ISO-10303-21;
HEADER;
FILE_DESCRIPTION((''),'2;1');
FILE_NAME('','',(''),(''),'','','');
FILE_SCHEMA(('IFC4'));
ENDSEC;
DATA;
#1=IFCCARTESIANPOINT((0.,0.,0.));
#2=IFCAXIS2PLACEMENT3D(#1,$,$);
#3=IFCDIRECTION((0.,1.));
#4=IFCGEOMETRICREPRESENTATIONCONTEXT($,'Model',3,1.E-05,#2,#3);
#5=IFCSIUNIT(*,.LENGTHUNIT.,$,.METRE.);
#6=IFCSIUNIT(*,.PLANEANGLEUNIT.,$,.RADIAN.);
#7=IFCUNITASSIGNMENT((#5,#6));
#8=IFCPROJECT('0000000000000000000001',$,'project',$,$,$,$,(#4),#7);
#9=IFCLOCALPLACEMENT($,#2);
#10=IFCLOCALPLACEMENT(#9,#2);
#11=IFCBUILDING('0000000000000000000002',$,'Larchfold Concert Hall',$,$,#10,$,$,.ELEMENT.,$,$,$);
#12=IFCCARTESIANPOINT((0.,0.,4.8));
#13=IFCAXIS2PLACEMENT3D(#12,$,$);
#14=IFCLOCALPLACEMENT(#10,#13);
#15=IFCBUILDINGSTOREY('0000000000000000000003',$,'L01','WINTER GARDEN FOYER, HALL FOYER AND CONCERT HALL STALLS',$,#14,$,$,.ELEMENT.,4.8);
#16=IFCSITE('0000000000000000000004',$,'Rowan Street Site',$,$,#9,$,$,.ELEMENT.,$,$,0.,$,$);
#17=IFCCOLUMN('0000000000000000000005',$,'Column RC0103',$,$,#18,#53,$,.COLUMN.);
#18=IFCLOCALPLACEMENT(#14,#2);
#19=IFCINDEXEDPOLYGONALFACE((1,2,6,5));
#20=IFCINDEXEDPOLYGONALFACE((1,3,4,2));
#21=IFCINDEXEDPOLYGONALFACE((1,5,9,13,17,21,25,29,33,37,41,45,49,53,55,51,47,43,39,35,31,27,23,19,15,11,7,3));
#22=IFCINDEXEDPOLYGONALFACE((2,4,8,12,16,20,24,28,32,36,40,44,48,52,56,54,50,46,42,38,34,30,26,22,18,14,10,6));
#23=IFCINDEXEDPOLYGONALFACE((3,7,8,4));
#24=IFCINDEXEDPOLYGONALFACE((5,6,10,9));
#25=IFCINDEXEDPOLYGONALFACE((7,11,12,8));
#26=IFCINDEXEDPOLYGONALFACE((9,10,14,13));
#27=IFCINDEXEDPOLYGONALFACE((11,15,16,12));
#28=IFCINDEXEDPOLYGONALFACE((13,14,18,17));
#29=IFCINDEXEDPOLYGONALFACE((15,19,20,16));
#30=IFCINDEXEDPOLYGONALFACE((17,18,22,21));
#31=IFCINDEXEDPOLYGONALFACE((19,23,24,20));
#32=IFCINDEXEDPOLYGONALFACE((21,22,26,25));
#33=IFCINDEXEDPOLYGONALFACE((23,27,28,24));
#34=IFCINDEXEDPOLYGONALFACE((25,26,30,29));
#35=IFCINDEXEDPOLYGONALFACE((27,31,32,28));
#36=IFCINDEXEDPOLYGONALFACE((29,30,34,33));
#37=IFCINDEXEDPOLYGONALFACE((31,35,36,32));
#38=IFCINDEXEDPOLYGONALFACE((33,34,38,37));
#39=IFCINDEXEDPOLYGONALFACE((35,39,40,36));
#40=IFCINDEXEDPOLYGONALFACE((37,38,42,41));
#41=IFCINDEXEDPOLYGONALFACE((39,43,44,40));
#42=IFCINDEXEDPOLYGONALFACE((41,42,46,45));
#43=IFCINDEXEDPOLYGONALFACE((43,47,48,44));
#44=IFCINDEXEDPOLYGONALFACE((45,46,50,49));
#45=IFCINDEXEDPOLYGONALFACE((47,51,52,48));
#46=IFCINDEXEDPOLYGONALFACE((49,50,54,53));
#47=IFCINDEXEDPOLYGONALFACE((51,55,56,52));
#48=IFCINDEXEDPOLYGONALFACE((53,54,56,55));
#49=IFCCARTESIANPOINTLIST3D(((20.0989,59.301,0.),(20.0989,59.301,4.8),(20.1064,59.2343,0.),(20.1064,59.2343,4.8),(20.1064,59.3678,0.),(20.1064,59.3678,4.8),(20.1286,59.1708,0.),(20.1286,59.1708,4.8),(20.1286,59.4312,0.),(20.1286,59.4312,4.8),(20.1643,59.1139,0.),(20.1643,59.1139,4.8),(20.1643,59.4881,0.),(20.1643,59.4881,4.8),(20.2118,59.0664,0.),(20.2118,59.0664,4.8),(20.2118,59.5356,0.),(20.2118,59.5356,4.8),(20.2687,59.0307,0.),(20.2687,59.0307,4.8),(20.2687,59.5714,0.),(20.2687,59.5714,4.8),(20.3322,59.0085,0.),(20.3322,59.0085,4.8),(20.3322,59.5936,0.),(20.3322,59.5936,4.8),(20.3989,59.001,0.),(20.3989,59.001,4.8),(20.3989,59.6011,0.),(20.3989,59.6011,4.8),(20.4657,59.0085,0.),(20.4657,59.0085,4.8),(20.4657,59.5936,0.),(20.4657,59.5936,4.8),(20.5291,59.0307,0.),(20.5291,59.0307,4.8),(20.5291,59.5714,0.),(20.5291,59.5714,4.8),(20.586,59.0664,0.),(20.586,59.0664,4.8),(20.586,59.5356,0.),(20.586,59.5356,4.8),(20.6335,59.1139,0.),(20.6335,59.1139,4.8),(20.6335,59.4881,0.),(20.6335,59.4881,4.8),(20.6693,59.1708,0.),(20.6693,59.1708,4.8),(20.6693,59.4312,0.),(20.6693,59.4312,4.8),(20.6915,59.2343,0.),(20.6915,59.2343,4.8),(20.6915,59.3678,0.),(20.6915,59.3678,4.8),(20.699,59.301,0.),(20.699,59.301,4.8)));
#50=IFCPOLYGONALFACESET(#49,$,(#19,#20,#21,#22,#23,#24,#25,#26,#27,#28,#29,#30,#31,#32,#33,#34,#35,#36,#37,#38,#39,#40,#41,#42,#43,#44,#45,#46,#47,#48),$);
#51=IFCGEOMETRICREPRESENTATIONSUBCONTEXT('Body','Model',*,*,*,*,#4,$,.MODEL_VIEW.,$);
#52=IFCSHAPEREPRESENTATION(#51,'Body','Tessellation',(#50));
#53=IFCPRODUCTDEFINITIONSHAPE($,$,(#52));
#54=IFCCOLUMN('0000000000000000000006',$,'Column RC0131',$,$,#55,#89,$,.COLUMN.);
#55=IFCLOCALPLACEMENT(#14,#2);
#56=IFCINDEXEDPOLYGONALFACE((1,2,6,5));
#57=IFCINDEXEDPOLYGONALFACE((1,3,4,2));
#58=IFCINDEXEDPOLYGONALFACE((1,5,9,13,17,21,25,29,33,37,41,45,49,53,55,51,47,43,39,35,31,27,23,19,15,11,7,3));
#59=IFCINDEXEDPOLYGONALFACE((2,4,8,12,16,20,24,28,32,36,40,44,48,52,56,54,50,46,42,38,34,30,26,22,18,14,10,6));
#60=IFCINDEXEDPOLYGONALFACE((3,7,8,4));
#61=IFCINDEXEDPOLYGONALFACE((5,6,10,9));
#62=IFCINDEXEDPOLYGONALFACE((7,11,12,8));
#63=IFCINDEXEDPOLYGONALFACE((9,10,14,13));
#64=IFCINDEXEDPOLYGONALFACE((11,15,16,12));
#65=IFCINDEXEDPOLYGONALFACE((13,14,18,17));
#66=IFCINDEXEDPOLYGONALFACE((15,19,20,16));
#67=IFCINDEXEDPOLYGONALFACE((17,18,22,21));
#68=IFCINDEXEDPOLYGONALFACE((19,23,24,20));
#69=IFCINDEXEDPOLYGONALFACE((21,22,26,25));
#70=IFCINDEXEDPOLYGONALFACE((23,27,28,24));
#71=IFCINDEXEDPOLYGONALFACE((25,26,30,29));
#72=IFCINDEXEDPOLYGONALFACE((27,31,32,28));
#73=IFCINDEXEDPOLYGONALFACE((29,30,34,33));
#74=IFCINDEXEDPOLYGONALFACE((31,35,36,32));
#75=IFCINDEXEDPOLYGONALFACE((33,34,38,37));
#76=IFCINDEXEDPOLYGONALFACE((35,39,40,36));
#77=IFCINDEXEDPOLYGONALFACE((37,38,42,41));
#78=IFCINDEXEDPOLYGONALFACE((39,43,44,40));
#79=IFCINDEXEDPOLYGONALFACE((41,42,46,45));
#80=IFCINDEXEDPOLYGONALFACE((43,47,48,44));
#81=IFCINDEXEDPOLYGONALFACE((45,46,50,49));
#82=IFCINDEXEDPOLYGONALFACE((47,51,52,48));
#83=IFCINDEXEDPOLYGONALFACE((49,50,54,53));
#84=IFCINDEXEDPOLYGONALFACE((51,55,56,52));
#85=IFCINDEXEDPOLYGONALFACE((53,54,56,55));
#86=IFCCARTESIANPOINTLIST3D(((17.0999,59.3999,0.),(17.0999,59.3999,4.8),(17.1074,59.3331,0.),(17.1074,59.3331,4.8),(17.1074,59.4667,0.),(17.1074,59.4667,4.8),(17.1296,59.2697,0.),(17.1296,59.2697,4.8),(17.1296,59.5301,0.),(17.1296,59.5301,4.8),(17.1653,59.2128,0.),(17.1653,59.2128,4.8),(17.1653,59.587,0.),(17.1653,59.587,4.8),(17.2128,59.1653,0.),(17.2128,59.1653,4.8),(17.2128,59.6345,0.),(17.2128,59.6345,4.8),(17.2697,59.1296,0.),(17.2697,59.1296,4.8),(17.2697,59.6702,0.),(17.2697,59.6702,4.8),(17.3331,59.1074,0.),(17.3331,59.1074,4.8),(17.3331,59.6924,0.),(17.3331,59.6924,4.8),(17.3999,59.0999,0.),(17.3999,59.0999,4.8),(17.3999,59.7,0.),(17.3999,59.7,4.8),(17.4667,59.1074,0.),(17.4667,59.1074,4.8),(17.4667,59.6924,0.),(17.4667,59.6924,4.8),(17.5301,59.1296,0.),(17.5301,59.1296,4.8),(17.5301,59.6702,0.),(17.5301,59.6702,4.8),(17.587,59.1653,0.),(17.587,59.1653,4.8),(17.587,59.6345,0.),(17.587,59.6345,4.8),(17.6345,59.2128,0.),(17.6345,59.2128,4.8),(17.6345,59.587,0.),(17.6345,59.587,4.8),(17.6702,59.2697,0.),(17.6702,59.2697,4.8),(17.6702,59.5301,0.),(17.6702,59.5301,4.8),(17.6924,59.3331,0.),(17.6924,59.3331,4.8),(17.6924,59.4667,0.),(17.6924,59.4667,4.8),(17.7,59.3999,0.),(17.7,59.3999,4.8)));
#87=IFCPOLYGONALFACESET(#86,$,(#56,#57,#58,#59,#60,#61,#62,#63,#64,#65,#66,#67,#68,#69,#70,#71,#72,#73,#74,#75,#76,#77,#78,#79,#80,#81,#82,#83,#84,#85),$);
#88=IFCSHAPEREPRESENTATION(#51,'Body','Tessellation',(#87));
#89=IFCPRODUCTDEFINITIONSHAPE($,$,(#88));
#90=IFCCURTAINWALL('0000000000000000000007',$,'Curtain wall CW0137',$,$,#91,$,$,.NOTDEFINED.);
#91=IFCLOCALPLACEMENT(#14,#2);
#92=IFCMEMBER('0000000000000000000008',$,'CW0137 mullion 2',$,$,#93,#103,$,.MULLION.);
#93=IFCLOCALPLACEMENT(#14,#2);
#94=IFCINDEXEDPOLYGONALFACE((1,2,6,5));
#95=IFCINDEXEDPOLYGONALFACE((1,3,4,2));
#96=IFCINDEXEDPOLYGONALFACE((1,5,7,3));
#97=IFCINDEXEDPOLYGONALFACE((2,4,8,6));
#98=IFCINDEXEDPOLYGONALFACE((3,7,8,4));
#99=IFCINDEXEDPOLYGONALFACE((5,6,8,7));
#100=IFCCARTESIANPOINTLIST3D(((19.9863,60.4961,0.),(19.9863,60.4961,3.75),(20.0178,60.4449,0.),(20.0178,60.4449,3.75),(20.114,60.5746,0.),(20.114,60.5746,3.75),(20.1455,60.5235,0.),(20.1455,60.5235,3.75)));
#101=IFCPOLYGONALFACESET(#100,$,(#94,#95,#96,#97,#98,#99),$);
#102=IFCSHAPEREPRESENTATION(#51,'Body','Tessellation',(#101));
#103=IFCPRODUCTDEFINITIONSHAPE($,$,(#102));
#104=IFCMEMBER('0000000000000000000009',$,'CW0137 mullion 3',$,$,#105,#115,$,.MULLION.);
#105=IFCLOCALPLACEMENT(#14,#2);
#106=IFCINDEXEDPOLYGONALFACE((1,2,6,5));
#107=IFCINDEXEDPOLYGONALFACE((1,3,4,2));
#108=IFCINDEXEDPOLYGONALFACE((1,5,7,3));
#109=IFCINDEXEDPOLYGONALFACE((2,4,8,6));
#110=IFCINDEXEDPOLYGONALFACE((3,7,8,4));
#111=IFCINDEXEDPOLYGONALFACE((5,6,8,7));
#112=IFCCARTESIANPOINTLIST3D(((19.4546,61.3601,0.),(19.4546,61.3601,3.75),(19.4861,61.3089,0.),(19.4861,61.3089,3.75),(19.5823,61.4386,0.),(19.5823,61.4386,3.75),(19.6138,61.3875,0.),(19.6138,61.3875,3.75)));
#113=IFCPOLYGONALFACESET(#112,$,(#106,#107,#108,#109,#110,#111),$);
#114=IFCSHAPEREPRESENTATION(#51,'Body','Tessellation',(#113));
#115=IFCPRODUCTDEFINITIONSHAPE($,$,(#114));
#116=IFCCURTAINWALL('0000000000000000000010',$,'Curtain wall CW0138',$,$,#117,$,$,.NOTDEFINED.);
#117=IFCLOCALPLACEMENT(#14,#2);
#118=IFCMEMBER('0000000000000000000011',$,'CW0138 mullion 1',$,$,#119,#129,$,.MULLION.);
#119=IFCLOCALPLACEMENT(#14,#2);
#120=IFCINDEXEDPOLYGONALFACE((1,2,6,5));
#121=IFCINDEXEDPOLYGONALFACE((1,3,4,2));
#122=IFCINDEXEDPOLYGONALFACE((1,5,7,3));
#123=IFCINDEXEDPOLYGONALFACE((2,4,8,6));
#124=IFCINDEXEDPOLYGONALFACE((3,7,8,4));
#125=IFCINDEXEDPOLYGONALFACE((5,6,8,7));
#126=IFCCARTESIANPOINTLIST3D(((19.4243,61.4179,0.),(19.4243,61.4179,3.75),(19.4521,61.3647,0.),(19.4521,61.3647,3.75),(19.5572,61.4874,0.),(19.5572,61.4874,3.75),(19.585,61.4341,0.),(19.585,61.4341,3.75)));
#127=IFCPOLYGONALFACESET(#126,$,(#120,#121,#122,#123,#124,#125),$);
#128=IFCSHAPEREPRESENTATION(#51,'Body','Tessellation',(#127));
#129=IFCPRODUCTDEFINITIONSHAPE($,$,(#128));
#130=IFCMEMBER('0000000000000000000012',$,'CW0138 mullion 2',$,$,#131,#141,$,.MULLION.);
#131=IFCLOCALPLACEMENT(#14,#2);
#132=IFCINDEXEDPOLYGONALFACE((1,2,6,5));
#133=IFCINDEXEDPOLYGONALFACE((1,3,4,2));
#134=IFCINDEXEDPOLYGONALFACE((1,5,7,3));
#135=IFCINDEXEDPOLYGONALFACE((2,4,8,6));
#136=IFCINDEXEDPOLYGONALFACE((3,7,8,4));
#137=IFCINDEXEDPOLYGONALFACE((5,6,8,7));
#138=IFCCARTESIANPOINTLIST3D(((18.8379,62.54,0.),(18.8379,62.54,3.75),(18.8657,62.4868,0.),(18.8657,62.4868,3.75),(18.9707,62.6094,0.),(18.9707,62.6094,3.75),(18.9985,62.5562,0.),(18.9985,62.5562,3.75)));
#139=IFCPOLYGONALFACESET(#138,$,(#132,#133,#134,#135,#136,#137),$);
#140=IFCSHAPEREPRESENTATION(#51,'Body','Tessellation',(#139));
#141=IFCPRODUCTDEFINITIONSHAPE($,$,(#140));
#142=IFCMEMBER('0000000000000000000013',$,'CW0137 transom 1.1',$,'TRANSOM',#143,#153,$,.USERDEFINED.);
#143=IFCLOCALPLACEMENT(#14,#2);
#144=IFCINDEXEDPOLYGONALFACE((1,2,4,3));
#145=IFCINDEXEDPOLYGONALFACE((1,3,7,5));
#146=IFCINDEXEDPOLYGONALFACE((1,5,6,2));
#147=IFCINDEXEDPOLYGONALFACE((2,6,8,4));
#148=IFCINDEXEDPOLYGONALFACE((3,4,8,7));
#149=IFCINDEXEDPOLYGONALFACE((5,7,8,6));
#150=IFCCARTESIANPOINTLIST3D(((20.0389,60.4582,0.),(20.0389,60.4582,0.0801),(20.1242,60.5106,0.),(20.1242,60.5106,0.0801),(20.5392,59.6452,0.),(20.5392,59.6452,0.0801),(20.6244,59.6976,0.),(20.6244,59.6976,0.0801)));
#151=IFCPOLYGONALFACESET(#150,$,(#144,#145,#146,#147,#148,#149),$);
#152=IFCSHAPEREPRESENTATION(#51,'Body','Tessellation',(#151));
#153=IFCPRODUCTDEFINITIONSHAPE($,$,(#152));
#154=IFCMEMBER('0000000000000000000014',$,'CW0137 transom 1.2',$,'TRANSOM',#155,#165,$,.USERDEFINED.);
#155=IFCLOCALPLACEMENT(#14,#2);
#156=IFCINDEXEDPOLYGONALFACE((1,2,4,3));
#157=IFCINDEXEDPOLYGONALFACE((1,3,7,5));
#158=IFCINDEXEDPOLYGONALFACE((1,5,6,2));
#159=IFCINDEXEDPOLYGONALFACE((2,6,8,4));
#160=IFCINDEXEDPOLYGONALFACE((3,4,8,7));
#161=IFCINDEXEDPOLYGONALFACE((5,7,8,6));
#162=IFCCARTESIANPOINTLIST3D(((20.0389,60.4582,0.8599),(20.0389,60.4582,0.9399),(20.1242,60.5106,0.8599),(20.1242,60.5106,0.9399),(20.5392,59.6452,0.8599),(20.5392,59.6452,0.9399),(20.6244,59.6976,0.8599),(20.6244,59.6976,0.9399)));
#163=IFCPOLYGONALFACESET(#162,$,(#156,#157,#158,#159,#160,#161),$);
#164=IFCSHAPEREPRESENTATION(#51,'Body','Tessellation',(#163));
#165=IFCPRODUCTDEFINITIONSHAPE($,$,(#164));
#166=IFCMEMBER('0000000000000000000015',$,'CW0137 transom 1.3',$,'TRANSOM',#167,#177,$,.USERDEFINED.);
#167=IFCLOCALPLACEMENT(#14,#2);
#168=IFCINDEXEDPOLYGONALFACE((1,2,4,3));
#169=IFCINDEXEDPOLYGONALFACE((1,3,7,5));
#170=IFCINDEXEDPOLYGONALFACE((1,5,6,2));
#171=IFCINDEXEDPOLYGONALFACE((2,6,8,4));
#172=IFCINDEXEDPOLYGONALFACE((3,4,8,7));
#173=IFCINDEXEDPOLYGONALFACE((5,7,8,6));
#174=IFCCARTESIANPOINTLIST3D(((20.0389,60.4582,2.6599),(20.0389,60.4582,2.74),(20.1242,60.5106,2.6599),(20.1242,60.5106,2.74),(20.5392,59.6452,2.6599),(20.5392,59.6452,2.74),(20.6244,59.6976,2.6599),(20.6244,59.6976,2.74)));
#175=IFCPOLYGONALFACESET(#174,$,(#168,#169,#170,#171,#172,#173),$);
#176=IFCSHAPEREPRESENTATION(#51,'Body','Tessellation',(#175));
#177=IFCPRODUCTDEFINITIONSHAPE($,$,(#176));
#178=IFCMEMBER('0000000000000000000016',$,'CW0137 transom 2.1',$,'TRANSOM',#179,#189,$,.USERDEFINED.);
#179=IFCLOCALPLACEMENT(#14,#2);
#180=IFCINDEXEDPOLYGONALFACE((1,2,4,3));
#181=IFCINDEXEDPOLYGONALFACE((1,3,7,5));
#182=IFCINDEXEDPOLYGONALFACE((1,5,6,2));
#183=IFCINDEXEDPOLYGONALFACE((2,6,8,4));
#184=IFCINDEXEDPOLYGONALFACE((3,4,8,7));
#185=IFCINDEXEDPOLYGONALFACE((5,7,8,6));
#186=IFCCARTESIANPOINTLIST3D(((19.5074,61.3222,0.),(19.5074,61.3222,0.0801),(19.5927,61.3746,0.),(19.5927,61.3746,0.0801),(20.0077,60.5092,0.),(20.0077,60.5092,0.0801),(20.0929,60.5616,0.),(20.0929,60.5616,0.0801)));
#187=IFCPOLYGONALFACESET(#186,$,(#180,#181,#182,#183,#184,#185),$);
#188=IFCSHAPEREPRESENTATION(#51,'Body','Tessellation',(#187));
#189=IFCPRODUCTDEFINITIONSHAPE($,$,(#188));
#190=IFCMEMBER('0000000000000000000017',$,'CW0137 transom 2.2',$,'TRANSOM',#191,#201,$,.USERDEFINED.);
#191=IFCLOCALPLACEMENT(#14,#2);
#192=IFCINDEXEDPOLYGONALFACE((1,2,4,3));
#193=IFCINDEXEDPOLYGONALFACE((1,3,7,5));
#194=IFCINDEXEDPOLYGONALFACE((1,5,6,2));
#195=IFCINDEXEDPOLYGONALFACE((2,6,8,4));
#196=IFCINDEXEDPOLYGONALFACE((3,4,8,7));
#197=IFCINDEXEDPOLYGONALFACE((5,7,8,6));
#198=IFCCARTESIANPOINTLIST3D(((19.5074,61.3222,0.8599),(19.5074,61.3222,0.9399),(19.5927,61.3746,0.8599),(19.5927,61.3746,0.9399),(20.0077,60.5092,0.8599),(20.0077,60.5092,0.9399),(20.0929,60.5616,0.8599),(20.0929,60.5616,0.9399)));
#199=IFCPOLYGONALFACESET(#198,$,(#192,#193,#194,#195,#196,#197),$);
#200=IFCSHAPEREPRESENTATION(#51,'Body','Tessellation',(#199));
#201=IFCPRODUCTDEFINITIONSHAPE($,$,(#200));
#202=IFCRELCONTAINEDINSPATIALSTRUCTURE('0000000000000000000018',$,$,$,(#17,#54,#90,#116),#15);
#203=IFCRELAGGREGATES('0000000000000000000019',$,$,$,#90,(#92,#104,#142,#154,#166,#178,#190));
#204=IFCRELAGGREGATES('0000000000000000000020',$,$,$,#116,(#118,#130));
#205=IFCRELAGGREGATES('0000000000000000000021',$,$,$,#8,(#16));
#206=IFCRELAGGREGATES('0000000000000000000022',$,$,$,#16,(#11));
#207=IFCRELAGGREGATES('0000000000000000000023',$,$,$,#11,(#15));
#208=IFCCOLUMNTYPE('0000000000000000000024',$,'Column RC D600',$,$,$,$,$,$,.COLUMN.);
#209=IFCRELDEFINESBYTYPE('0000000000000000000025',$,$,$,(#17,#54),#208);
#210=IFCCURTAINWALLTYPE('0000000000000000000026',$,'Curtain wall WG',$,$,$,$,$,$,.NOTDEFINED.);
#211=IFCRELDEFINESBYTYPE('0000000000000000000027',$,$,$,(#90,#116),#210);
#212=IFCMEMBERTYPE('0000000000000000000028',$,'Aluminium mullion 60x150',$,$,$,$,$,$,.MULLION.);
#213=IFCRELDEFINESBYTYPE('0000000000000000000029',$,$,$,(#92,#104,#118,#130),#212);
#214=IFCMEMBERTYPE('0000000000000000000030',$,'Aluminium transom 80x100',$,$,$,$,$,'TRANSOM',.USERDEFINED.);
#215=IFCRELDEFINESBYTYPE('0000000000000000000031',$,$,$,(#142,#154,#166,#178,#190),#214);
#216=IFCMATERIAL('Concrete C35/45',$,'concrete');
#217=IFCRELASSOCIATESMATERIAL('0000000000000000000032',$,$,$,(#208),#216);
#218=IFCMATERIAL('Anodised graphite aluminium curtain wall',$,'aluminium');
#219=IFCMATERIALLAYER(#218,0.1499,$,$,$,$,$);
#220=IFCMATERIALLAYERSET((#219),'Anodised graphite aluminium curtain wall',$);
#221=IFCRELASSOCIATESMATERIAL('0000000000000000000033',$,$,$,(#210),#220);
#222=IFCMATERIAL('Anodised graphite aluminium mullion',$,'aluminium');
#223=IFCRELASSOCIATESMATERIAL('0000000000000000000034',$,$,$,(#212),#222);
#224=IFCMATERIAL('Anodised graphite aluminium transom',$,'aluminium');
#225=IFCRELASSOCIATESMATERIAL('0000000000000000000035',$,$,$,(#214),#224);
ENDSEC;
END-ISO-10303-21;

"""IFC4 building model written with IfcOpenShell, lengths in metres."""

from ifc_helpers import new_model, si_unit, direction, frame, origin, origin_2d, place, context, subcontext, project, spatial, rectangle, circle, extrude, material, layer, layer_set, material_profile, profile_set, type_object, element, aggregate, save


model = new_model("IFC4")

# Units and contexts
model_context = context("Model", 3, precision=1e-05, world=origin(), true_north=direction((0.0, 1.0)))
body_context = subcontext(model_context, "Body", "Model", "MODEL_VIEW")
ifc_project = project(units=[si_unit("LENGTHUNIT", "METRE"), si_unit("PLANEANGLEUNIT", "RADIAN")], contexts=[model_context])

# Site, building, storey
site_placement = place(None, origin())
site = spatial("IfcSite", under=ifc_project, at=site_placement, Name="Rowan Street Site", CompositionType="ELEMENT", RefElevation=0.0)
building_placement = place(site_placement, origin())
building = spatial("IfcBuilding", under=site, at=building_placement, Name="Larchfold Concert Hall", CompositionType="ELEMENT")
storey_placement = place(building_placement, frame((0.0, 0.0, 4.8)))
storey = spatial("IfcBuildingStorey", under=building, at=storey_placement, Name="L01", Description="WINTER GARDEN FOYER, HALL FOYER AND CONCERT HALL STALLS", CompositionType="ELEMENT", Elevation=4.8)

# Columns
ifc_material_1 = material(Name="Concrete C35/45", Category="concrete")
ifc_material_profile_1 = material_profile(ifc_material_1, circle(Radius=0.3, at=origin_2d()))
ifc_profile_set_1 = profile_set([ifc_material_profile_1], Name="Concrete C35/45")
column_type = type_object("IfcColumnType", Name="Column RC D600", PredefinedType="COLUMN", material=ifc_profile_set_1)
for number, where, z_axis, x_axis, name in (
    (1, (20.3989, 59.301, 0.0), (0.0, 0.0, 1.0), (1.0, 0.0, 0.0), "Column RC0103"),
    (2, (17.3999, 59.3999, 0.0), (0.0, 0.0, 1.0), (1.0, 0.0, 0.0), "Column RC0131"),
):
    element("IfcColumn", number, at=place(storey_placement, frame(where, z_axis=z_axis, x_axis=x_axis)), inside=storey, type_object=column_type, Name=name, PredefinedType="COLUMN", context=body_context, shape_type="SweptSolid", body=[
        extrude(circle(Radius=0.3, at=origin_2d()), origin(), (0.0, 0.0, 1.0), 4.8),
    ])

# Curtain walls, members
ifc_material_2 = material(Name="Anodised graphite aluminium curtain wall", Category="aluminium")
ifc_layer_1 = layer(ifc_material_2, 0.1499)
ifc_layer_set_1 = layer_set([ifc_layer_1], Name="Anodised graphite aluminium curtain wall")
curtain_wall_type = type_object("IfcCurtainWallType", Name="Curtain wall WG", PredefinedType="NOTDEFINED", material=ifc_layer_set_1)
curtain_wall_1_placement = place(storey_placement, origin())
curtain_wall_1 = element("IfcCurtainWall", 3, at=curtain_wall_1_placement, inside=storey, type_object=curtain_wall_type, Name="Curtain wall CW0137", PredefinedType="NOTDEFINED")
ifc_material_3 = material(Name="Anodised graphite aluminium mullion", Category="aluminium")
ifc_material_profile_2 = material_profile(ifc_material_3, rectangle(XDim=0.1499, YDim=0.0601, at=origin_2d()))
ifc_profile_set_2 = profile_set([ifc_material_profile_2], Name="Anodised graphite aluminium mullion")
member_type_1 = type_object("IfcMemberType", Name="Aluminium mullion 60x150", PredefinedType="MULLION", material=ifc_profile_set_2)
member_1_placement = place(storey_placement, frame((20.0659, 60.5098, 0.0), z_axis=(0.0, 0.0, 1.0), x_axis=(-0.851674, -0.524071, 0.0)))
member_1 = element("IfcMember", 4, at=member_1_placement, type_object=member_type_1, Name="CW0137 mullion 2", PredefinedType="MULLION", context=body_context, shape_type="SweptSolid", body=[
    extrude(rectangle(XDim=0.1499, YDim=0.0601, at=origin_2d()), origin(), (0.0, 0.0, 1.0), 3.75),
])
member_2_placement = place(storey_placement, frame((19.5342, 61.3738, 0.0), z_axis=(0.0, 0.0, 1.0), x_axis=(-0.851674, -0.524071, 0.0)))
member_2 = element("IfcMember", 5, at=member_2_placement, type_object=member_type_1, Name="CW0137 mullion 3", PredefinedType="MULLION", context=body_context, shape_type="SweptSolid", body=[
    extrude(rectangle(XDim=0.1499, YDim=0.0601, at=origin_2d()), origin(), (0.0, 0.0, 1.0), 3.75),
])
curtain_wall_2_placement = place(storey_placement, origin())
curtain_wall_2 = element("IfcCurtainWall", 6, at=curtain_wall_2_placement, inside=storey, type_object=curtain_wall_type, Name="Curtain wall CW0138", PredefinedType="NOTDEFINED")
member_3_placement = place(storey_placement, frame((19.5046, 61.426, 0.0), z_axis=(0.0, 0.0, 1.0), x_axis=(-0.886259, -0.46319, 0.0)))
member_3 = element("IfcMember", 7, at=member_3_placement, type_object=member_type_1, Name="CW0138 mullion 1", PredefinedType="MULLION", context=body_context, shape_type="SweptSolid", body=[
    extrude(rectangle(XDim=0.1499, YDim=0.0601, at=origin_2d()), origin(), (0.0, 0.0, 1.0), 3.75),
])
member_4_placement = place(storey_placement, frame((18.9182, 62.5481, 0.0), z_axis=(0.0, 0.0, 1.0), x_axis=(-0.886259, -0.46319, 0.0)))
member_4 = element("IfcMember", 8, at=member_4_placement, type_object=member_type_1, Name="CW0138 mullion 2", PredefinedType="MULLION", context=body_context, shape_type="SweptSolid", body=[
    extrude(rectangle(XDim=0.1499, YDim=0.0601, at=origin_2d()), origin(), (0.0, 0.0, 1.0), 3.75),
])

# Members
ifc_material_4 = material(Name="Anodised graphite aluminium transom", Category="aluminium")
ifc_material_profile_3 = material_profile(ifc_material_4, rectangle(XDim=0.1001, YDim=0.0801, at=origin_2d()))
ifc_profile_set_3 = profile_set([ifc_material_profile_3], Name="Anodised graphite aluminium transom")
member_type_2 = type_object("IfcMemberType", Name="Aluminium transom 80x100", ElementType="TRANSOM", PredefinedType="USERDEFINED", material=ifc_profile_set_3)
member_5_placement = place(storey_placement, frame((20.5818, 59.6714, 0.04), z_axis=(-0.524055, 0.851685, 0.0), x_axis=(-0.851685, -0.524055, 0.0)))
member_5 = element("IfcMember", 9, at=member_5_placement, type_object=member_type_2, Name="CW0137 transom 1.1", ObjectType="TRANSOM", PredefinedType="USERDEFINED", context=body_context, shape_type="SweptSolid", body=[
    extrude(rectangle(XDim=0.1001, YDim=0.0801, at=origin_2d()), origin(), (0.0, 0.0, 1.0), 0.9546),
])
member_6_placement = place(storey_placement, frame((20.5818, 59.6714, 0.8999), z_axis=(-0.524055, 0.851685, 0.0), x_axis=(-0.851685, -0.524055, 0.0)))
member_6 = element("IfcMember", 10, at=member_6_placement, type_object=member_type_2, Name="CW0137 transom 1.2", ObjectType="TRANSOM", PredefinedType="USERDEFINED", context=body_context, shape_type="SweptSolid", body=[
    extrude(rectangle(XDim=0.1001, YDim=0.0801, at=origin_2d()), origin(), (0.0, 0.0, 1.0), 0.9546),
])
member_7_placement = place(storey_placement, frame((20.5818, 59.6714, 2.7), z_axis=(-0.524055, 0.851685, 0.0), x_axis=(-0.851685, -0.524055, 0.0)))
member_7 = element("IfcMember", 11, at=member_7_placement, type_object=member_type_2, Name="CW0137 transom 1.3", ObjectType="TRANSOM", PredefinedType="USERDEFINED", context=body_context, shape_type="SweptSolid", body=[
    extrude(rectangle(XDim=0.1001, YDim=0.0801, at=origin_2d()), origin(), (0.0, 0.0, 1.0), 0.9546),
])
member_8_placement = place(storey_placement, frame((20.0503, 60.5354, 0.04), z_axis=(-0.524055, 0.851685, 0.0), x_axis=(-0.851685, -0.524055, 0.0)))
member_8 = element("IfcMember", 12, at=member_8_placement, type_object=member_type_2, Name="CW0137 transom 2.1", ObjectType="TRANSOM", PredefinedType="USERDEFINED", context=body_context, shape_type="SweptSolid", body=[
    extrude(rectangle(XDim=0.1001, YDim=0.0801, at=origin_2d()), origin(), (0.0, 0.0, 1.0), 0.9546),
])
member_9_placement = place(storey_placement, frame((20.0503, 60.5354, 0.8999), z_axis=(-0.524055, 0.851685, 0.0), x_axis=(-0.851685, -0.524055, 0.0)))
member_9 = element("IfcMember", 13, at=member_9_placement, type_object=member_type_2, Name="CW0137 transom 2.2", ObjectType="TRANSOM", PredefinedType="USERDEFINED", context=body_context, shape_type="SweptSolid", body=[
    extrude(rectangle(XDim=0.1001, YDim=0.0801, at=origin_2d()), origin(), (0.0, 0.0, 1.0), 0.9546),
])

aggregate(curtain_wall_1, [member_1, member_2, member_5, member_6, member_7, member_8, member_9])
aggregate(curtain_wall_2, [member_3, member_4])

save(model, "model.ifc")
